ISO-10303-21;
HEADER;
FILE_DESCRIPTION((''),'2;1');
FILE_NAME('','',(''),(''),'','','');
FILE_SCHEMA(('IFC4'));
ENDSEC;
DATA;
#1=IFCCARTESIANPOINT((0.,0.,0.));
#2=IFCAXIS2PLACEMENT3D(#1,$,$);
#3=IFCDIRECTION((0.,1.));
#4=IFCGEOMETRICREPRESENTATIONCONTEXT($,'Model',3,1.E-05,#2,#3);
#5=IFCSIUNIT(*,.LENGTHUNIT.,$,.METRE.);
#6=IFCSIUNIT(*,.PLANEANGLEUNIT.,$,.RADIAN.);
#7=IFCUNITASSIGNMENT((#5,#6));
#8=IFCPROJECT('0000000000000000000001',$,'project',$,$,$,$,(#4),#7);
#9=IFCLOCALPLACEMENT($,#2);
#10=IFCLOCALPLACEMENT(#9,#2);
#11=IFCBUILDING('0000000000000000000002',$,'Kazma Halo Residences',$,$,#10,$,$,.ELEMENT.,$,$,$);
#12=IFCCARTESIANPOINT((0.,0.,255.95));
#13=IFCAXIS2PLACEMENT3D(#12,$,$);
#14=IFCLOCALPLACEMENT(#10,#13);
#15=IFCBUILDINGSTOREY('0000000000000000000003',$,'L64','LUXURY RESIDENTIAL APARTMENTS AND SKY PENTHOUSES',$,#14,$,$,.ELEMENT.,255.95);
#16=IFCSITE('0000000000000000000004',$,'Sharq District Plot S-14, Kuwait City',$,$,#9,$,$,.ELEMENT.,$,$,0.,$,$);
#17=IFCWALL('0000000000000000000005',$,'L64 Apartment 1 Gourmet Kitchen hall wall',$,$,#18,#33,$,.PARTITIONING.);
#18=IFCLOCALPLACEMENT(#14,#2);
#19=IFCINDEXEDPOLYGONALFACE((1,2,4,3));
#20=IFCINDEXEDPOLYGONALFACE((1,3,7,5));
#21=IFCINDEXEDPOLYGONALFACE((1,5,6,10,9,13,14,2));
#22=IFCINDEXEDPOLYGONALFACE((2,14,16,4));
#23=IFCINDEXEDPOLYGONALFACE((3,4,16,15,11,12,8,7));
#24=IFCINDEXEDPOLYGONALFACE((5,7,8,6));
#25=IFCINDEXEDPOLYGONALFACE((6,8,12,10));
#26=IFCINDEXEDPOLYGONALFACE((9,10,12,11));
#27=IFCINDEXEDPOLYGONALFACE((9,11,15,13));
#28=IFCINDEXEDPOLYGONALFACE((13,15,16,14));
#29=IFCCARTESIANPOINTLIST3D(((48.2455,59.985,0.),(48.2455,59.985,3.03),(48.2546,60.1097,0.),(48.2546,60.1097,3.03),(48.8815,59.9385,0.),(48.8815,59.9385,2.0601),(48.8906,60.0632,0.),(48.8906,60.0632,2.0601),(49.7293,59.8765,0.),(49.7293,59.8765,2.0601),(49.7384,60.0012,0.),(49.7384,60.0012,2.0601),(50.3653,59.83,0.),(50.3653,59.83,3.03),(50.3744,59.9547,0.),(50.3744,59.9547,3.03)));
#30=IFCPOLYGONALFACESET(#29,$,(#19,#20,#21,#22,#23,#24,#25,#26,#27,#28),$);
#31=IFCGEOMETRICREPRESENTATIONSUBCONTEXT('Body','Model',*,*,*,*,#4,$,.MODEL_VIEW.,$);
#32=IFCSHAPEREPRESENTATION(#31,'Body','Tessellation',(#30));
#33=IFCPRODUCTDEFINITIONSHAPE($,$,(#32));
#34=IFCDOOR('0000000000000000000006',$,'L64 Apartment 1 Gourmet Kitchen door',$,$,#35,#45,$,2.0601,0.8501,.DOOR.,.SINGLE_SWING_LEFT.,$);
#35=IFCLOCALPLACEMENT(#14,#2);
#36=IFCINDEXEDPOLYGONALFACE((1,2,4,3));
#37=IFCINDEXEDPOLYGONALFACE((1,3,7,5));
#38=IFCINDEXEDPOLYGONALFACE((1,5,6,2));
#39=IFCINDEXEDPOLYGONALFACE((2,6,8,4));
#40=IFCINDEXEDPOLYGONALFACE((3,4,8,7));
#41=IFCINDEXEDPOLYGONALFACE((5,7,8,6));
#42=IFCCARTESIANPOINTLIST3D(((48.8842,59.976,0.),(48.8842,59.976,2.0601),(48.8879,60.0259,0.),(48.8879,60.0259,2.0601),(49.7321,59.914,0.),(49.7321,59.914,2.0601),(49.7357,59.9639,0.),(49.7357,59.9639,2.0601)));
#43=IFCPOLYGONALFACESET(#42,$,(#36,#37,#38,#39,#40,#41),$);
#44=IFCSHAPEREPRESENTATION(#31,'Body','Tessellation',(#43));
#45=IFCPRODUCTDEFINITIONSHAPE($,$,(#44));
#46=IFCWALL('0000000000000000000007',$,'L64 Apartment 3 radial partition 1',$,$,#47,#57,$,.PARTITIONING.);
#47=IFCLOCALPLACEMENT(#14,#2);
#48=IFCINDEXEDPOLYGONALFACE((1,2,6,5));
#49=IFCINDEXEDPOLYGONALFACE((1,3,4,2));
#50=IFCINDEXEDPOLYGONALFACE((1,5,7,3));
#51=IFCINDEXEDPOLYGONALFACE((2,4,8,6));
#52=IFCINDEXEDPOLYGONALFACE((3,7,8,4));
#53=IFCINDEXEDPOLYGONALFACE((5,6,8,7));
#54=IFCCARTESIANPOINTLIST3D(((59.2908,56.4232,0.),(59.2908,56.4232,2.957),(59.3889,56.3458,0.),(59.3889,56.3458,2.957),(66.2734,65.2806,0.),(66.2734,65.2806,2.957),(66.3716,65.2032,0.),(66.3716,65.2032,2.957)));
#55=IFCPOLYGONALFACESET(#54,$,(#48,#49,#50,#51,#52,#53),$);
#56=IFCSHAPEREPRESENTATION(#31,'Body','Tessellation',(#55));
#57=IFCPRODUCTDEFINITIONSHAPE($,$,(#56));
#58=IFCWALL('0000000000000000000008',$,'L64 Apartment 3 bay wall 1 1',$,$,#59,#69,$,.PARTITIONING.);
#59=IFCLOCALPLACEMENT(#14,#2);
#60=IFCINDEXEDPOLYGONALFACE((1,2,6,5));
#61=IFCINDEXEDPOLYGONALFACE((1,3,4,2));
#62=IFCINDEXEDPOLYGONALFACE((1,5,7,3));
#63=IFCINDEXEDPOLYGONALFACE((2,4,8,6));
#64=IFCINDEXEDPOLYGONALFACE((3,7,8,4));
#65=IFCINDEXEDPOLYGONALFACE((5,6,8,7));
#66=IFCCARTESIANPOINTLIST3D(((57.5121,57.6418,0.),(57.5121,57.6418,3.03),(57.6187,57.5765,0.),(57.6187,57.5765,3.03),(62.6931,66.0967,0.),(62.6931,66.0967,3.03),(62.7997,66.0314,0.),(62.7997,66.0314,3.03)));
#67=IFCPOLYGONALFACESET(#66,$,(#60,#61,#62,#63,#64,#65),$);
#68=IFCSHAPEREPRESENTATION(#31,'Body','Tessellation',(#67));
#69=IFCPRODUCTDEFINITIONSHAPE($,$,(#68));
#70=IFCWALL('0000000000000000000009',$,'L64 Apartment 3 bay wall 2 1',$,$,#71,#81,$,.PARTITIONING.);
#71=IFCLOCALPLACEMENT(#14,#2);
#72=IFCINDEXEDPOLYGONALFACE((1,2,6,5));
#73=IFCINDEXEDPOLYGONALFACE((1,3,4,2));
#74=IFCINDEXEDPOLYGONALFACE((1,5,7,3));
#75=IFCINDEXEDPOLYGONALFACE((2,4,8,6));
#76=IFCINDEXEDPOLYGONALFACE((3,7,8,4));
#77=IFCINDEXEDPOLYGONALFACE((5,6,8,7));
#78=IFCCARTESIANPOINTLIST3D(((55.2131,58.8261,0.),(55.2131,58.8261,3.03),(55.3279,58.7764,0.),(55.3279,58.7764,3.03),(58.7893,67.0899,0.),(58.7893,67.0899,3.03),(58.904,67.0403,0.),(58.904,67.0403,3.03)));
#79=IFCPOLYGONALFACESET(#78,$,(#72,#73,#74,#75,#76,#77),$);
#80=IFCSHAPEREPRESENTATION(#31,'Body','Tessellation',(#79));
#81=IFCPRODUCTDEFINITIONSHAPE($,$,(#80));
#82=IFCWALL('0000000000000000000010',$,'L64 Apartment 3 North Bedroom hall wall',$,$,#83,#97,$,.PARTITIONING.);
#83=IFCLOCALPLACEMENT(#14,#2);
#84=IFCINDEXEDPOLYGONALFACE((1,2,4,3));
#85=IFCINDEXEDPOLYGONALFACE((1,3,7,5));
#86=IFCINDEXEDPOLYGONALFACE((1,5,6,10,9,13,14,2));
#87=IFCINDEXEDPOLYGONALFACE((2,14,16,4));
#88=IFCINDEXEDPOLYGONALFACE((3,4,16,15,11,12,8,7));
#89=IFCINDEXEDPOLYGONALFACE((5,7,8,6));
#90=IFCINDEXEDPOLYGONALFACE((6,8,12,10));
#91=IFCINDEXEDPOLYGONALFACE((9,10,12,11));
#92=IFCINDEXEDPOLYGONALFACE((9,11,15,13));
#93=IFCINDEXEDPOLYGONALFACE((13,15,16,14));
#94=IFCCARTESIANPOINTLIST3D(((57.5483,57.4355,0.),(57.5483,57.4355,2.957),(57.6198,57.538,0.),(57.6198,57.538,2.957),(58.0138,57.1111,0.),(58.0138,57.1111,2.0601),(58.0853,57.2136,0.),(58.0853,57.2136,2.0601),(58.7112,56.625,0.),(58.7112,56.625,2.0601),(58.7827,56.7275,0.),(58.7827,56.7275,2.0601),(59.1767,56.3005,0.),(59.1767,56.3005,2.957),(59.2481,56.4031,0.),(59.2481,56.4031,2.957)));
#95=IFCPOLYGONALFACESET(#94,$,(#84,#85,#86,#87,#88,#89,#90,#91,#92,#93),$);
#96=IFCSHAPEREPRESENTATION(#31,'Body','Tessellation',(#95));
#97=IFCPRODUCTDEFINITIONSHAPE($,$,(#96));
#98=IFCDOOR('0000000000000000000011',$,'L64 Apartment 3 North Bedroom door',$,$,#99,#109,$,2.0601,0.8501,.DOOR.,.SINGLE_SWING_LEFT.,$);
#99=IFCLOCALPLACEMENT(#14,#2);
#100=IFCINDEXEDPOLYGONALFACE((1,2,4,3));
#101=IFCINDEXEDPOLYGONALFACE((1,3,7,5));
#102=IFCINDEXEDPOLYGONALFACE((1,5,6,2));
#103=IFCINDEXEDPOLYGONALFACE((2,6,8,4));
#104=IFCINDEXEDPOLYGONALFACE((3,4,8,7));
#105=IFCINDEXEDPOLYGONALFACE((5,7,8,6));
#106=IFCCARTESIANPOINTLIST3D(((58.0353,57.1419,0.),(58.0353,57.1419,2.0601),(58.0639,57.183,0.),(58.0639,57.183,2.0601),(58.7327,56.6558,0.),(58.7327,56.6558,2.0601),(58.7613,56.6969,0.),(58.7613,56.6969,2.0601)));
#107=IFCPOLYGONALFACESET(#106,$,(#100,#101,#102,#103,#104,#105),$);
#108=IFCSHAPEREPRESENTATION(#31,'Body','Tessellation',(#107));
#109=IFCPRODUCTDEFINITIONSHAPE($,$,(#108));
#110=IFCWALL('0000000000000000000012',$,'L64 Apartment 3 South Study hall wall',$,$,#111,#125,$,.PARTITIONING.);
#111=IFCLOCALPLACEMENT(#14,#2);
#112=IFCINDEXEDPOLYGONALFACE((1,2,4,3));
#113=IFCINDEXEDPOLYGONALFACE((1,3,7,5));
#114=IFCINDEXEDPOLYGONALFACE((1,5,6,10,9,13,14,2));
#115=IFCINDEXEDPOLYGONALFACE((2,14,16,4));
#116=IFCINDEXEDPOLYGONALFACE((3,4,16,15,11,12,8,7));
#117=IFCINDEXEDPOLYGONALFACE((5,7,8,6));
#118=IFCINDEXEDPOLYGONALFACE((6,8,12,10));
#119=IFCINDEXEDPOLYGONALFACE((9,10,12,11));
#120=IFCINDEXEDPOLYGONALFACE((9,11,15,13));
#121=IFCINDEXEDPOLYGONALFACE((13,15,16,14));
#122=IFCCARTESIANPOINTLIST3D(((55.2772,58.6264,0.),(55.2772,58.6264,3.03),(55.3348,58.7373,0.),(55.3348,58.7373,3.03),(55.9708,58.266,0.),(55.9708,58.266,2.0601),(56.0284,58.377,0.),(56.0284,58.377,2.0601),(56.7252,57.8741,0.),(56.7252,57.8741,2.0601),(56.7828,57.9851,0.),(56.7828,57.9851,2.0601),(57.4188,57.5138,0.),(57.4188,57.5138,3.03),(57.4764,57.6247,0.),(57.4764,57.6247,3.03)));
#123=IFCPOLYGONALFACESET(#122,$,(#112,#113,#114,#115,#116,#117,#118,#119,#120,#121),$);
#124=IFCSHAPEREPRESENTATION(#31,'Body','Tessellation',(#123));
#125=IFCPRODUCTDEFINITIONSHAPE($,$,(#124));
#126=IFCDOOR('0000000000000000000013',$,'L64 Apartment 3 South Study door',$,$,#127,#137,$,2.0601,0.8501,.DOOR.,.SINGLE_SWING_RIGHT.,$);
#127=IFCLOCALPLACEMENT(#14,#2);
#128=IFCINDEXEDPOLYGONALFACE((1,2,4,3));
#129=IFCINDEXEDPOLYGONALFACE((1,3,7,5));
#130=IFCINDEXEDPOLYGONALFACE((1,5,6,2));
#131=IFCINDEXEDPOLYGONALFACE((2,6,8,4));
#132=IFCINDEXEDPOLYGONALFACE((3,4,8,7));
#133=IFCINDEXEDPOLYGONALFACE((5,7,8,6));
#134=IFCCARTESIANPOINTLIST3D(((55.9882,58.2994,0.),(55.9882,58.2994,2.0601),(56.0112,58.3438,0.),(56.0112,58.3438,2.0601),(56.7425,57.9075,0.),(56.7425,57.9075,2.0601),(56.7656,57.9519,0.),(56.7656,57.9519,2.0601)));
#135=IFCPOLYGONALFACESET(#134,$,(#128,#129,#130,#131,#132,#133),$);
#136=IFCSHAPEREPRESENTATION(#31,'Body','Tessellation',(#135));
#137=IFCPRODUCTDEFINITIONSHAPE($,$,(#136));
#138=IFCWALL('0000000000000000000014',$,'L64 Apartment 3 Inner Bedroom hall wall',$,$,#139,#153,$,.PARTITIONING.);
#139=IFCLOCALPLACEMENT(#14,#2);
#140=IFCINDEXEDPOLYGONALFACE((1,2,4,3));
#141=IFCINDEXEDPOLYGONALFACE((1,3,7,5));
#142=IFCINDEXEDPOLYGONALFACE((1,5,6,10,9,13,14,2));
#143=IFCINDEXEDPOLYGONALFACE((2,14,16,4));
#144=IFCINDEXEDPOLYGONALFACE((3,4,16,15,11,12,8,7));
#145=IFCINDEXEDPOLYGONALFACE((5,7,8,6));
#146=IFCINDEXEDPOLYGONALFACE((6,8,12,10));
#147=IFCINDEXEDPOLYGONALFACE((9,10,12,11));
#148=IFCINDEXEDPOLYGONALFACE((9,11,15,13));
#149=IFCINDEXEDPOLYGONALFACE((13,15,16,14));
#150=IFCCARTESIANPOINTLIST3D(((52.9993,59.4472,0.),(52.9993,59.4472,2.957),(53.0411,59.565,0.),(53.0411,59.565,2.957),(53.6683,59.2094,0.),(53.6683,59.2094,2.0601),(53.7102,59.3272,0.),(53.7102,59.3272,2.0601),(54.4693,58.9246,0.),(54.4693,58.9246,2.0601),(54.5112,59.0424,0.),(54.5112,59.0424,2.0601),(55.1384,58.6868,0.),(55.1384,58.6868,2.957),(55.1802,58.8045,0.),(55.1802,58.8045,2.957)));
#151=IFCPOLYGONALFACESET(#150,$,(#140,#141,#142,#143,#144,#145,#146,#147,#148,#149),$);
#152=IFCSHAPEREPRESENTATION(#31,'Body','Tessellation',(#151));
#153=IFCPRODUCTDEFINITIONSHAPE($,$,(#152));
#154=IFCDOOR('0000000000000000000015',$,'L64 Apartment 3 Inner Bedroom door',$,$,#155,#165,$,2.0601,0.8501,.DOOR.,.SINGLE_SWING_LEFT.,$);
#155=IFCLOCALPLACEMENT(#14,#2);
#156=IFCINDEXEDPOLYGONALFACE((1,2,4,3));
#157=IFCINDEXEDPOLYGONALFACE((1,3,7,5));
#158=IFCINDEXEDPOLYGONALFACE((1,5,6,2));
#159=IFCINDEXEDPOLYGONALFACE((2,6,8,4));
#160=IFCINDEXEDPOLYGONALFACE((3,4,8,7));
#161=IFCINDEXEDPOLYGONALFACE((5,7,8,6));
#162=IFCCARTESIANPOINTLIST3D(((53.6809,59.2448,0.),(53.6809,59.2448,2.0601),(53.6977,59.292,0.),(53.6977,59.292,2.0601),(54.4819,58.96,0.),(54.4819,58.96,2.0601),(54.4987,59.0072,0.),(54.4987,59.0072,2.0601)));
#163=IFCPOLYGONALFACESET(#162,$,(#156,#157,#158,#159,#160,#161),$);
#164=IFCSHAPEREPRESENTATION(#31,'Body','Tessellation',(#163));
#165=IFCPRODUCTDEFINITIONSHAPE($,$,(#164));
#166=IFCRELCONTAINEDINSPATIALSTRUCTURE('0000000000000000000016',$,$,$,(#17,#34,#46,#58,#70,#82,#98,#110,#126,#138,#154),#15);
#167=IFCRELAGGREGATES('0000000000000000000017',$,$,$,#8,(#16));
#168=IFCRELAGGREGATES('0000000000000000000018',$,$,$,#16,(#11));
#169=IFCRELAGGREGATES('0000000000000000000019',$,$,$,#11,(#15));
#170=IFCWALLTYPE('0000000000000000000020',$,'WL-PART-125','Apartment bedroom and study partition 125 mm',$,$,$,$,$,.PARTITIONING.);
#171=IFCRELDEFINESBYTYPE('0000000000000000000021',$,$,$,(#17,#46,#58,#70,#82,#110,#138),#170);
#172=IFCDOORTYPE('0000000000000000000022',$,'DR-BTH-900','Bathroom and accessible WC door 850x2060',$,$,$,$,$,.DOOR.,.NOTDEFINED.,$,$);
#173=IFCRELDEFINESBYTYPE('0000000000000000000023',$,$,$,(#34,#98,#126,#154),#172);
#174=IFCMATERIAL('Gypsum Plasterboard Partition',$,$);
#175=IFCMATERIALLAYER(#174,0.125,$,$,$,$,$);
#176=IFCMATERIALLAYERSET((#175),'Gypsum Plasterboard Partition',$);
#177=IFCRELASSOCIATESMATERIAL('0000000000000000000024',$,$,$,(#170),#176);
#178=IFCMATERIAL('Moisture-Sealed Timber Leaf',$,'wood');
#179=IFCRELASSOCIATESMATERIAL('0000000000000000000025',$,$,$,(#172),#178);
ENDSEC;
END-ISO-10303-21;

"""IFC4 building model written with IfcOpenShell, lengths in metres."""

from ifc_helpers import new_model, si_unit, direction, frame, frame_2d, origin, place, context, subcontext, project, spatial, rectangle, extrude, material, layer, layer_set, type_object, element, fill, save


model = new_model("IFC4")

# Units and contexts
model_context = context("Model", 3, precision=1e-05, world=origin(), true_north=direction((0.0, 1.0)))
body_context = subcontext(model_context, "Body", "Model", "MODEL_VIEW")
ifc_project = project(units=[si_unit("LENGTHUNIT", "METRE"), si_unit("PLANEANGLEUNIT", "RADIAN")], contexts=[model_context])

# Site, building, storey
site_placement = place(None, origin())
site = spatial("IfcSite", under=ifc_project, at=site_placement, Name="Sharq District Plot S-14, Kuwait City", CompositionType="ELEMENT", RefElevation=0.0)
building_placement = place(site_placement, origin())
building = spatial("IfcBuilding", under=site, at=building_placement, Name="Kazma Halo Residences", CompositionType="ELEMENT")
storey_placement = place(building_placement, frame((0.0, 0.0, 255.95)))
storey = spatial("IfcBuildingStorey", under=building, at=storey_placement, Name="L64", Description="LUXURY RESIDENTIAL APARTMENTS AND SKY PENTHOUSES", CompositionType="ELEMENT", Elevation=255.95)

# Wall, opening, door
ifc_material_1 = material(Name="Gypsum Plasterboard Partition")
ifc_layer_1 = layer(ifc_material_1, 0.125)
ifc_layer_set_1 = layer_set([ifc_layer_1], Name="Gypsum Plasterboard Partition")
wall_type_1 = type_object("IfcWallType", Name="WL-PART-125", Description="Apartment bedroom and study partition 125 mm", PredefinedType="PARTITIONING", material=ifc_layer_set_1)
ifc_material_2 = material(Name="Moisture-Sealed Timber Leaf", Category="wood")
door_type = type_object("IfcDoorType", Name="DR-BTH-900", Description="Bathroom and accessible WC door 850x2060", OperationType="NOTDEFINED", PredefinedType="DOOR", material=ifc_material_2)
wall_1_placement = place(storey_placement, frame((50.3699, 59.8923, 0.0), z_axis=(0.0, 0.0, 1.0), x_axis=(-0.997337, 0.072937, 0.0)))
wall_1 = element("IfcWall", 1, at=wall_1_placement, inside=storey, type_object=wall_type_1, Name="L64 Apartment 1 Gourmet Kitchen hall wall", PredefinedType="PARTITIONING", context=body_context, shape_type="SweptSolid", body=[
    extrude(rectangle(XDim=2.1255, YDim=0.125, at=frame_2d((1.0627, 0.0))), origin(), (0.0, 0.0, 1.0), 3.03),
])
opening_1_placement = place(wall_1_placement, frame((0.6377, 0.0, 0.0)))
opening_1 = element("IfcOpeningElement", 2, at=opening_1_placement, cuts=wall_1, PredefinedType="OPENING", context=body_context, shape_type="SweptSolid", body=[
    extrude(rectangle(XDim=0.8501, YDim=2.0601, at=frame_2d((0.425, 1.03))), frame((0.0, 0.0725, 0.0), z_axis=(0.0, -1.0, 0.0), x_axis=(1.0, 0.0, 0.0)), (0.0, 0.0, 1.0), 0.145),
])
door_1_placement = place(opening_1_placement, origin())
door_1 = element("IfcDoor", 3, at=door_1_placement, inside=storey, type_object=door_type, Name="L64 Apartment 1 Gourmet Kitchen door", OperationType="SINGLE_SWING_LEFT", OverallHeight=2.0601, OverallWidth=0.8501, PredefinedType="DOOR", context=body_context, shape_type="SweptSolid", body=[
    extrude(rectangle(XDim=0.8501, YDim=2.0601, at=frame_2d((0.425, 1.03))), frame((0.0, 0.0249, 0.0), z_axis=(0.0, -1.0, 0.0), x_axis=(1.0, 0.0, 0.0)), (0.0, 0.0, 1.0), 0.05),
])
fill(opening_1, door_1)

# Walls
wall_2_placement = place(storey_placement, frame((59.3398, 56.3845, 0.0), z_axis=(0.0, 0.0, 1.0), x_axis=(0.619096, 0.785315, 0.0)))
element("IfcWall", 4, at=wall_2_placement, inside=storey, type_object=wall_type_1, Name="L64 Apartment 3 radial partition 1", PredefinedType="PARTITIONING", context=body_context, shape_type="SweptSolid", body=[
    extrude(rectangle(XDim=11.2788, YDim=0.125, at=frame_2d((5.6394, 0.0))), origin(), (0.0, 0.0, 1.0), 2.957),
])
wall_3_placement = place(storey_placement, frame((57.5654, 57.6091, 0.0), z_axis=(0.0, 0.0, 1.0), x_axis=(0.522482, 0.85265, 0.0)))
element("IfcWall", 5, at=wall_3_placement, inside=storey, type_object=wall_type_1, Name="L64 Apartment 3 bay wall 1 1", PredefinedType="PARTITIONING", context=body_context, shape_type="SweptSolid", body=[
    extrude(rectangle(XDim=9.916, YDim=0.125, at=frame_2d((4.958, 0.0))), origin(), (0.0, 0.0, 1.0), 3.03),
])
wall_4_placement = place(storey_placement, frame((55.2705, 58.8013, 0.0), z_axis=(0.0, 0.0, 1.0), x_axis=(0.397153, 0.917752, 0.0)))
element("IfcWall", 6, at=wall_4_placement, inside=storey, type_object=wall_type_1, Name="L64 Apartment 3 bay wall 2 1", PredefinedType="PARTITIONING", context=body_context, shape_type="SweptSolid", body=[
    extrude(rectangle(XDim=9.0044, YDim=0.125, at=frame_2d((4.5022, 0.0))), origin(), (0.0, 0.0, 1.0), 3.03),
])

# Walls, openings, doors
wall_5_placement = place(storey_placement, frame((59.2124, 56.3518, 0.0), z_axis=(0.0, 0.0, 1.0), x_axis=(-0.820386, 0.57181, 0.0)))
wall_5 = element("IfcWall", 7, at=wall_5_placement, inside=storey, type_object=wall_type_1, Name="L64 Apartment 3 North Bedroom hall wall", PredefinedType="PARTITIONING", context=body_context, shape_type="SweptSolid", body=[
    extrude(rectangle(XDim=1.9849, YDim=0.125, at=frame_2d((0.9924, 0.0))), origin(), (0.0, 0.0, 1.0), 2.957),
])
opening_2_placement = place(wall_5_placement, frame((0.5674, 0.0, 0.0)))
opening_2 = element("IfcOpeningElement", 8, at=opening_2_placement, cuts=wall_5, PredefinedType="OPENING", context=body_context, shape_type="SweptSolid", body=[
    extrude(rectangle(XDim=0.8501, YDim=2.0601, at=frame_2d((0.425, 1.03))), frame((0.0, 0.0725, 0.0), z_axis=(0.0, -1.0, 0.0), x_axis=(1.0, 0.0, 0.0)), (0.0, 0.0, 1.0), 0.145),
])
door_2_placement = place(opening_2_placement, origin())
door_2 = element("IfcDoor", 9, at=door_2_placement, inside=storey, type_object=door_type, Name="L64 Apartment 3 North Bedroom door", OperationType="SINGLE_SWING_LEFT", OverallHeight=2.0601, OverallWidth=0.8501, PredefinedType="DOOR", context=body_context, shape_type="SweptSolid", body=[
    extrude(rectangle(XDim=0.8501, YDim=2.0601, at=frame_2d((0.425, 1.03))), frame((0.0, 0.0249, 0.0), z_axis=(0.0, -1.0, 0.0), x_axis=(1.0, 0.0, 0.0)), (0.0, 0.0, 1.0), 0.05),
])
fill(opening_2, door_2)
wall_6_placement = place(storey_placement, frame((57.4475, 57.5693, 0.0), z_axis=(0.0, 0.0, 1.0), x_axis=(-0.887401, 0.460999, 0.0)))
wall_6 = element("IfcWall", 10, at=wall_6_placement, inside=storey, type_object=wall_type_1, Name="L64 Apartment 3 South Study hall wall", PredefinedType="PARTITIONING", context=body_context, shape_type="SweptSolid", body=[
    extrude(rectangle(XDim=2.4133, YDim=0.125, at=frame_2d((1.2065, 0.0))), origin(), (0.0, 0.0, 1.0), 3.03),
])
opening_3_placement = place(wall_6_placement, frame((0.7815, 0.0, 0.0)))
opening_3 = element("IfcOpeningElement", 11, at=opening_3_placement, cuts=wall_6, PredefinedType="OPENING", context=body_context, shape_type="SweptSolid", body=[
    extrude(rectangle(XDim=0.8501, YDim=2.0601, at=frame_2d((0.425, 1.03))), frame((0.0, 0.0725, 0.0), z_axis=(0.0, -1.0, 0.0), x_axis=(1.0, 0.0, 0.0)), (0.0, 0.0, 1.0), 0.145),
])
door_3_placement = place(opening_3_placement, origin())
door_3 = element("IfcDoor", 12, at=door_3_placement, inside=storey, type_object=door_type, Name="L64 Apartment 3 South Study door", OperationType="SINGLE_SWING_RIGHT", OverallHeight=2.0601, OverallWidth=0.8501, PredefinedType="DOOR", context=body_context, shape_type="SweptSolid", body=[
    extrude(rectangle(XDim=0.8501, YDim=2.0601, at=frame_2d((0.425, 1.03))), frame((0.0, 0.0249, 0.0), z_axis=(0.0, -1.0, 0.0), x_axis=(1.0, 0.0, 0.0)), (0.0, 0.0, 1.0), 0.05),
])
fill(opening_3, door_3)
wall_7_placement = place(storey_placement, frame((55.1594, 58.7456, 0.0), z_axis=(0.0, 0.0, 1.0), x_axis=(-0.942228, 0.334974, 0.0)))
wall_7 = element("IfcWall", 13, at=wall_7_placement, inside=storey, type_object=wall_type_1, Name="L64 Apartment 3 Inner Bedroom hall wall", PredefinedType="PARTITIONING", context=body_context, shape_type="SweptSolid", body=[
    extrude(rectangle(XDim=2.2703, YDim=0.125, at=frame_2d((1.1353, 0.0))), origin(), (0.0, 0.0, 1.0), 2.957),
])
opening_4_placement = place(wall_7_placement, frame((0.7102, 0.0, 0.0)))
opening_4 = element("IfcOpeningElement", 14, at=opening_4_placement, cuts=wall_7, PredefinedType="OPENING", context=body_context, shape_type="SweptSolid", body=[
    extrude(rectangle(XDim=0.8501, YDim=2.0601, at=frame_2d((0.425, 1.03))), frame((0.0, 0.0725, 0.0), z_axis=(0.0, -1.0, 0.0), x_axis=(1.0, 0.0, 0.0)), (0.0, 0.0, 1.0), 0.145),
])
door_4_placement = place(opening_4_placement, origin())
door_4 = element("IfcDoor", 15, at=door_4_placement, inside=storey, type_object=door_type, Name="L64 Apartment 3 Inner Bedroom door", OperationType="SINGLE_SWING_LEFT", OverallHeight=2.0601, OverallWidth=0.8501, PredefinedType="DOOR", context=body_context, shape_type="SweptSolid", body=[
    extrude(rectangle(XDim=0.8501, YDim=2.0601, at=frame_2d((0.425, 1.03))), frame((0.0, 0.0249, 0.0), z_axis=(0.0, -1.0, 0.0), x_axis=(1.0, 0.0, 0.0)), (0.0, 0.0, 1.0), 0.05),
])
fill(opening_4, door_4)

save(model, "model.ifc")
